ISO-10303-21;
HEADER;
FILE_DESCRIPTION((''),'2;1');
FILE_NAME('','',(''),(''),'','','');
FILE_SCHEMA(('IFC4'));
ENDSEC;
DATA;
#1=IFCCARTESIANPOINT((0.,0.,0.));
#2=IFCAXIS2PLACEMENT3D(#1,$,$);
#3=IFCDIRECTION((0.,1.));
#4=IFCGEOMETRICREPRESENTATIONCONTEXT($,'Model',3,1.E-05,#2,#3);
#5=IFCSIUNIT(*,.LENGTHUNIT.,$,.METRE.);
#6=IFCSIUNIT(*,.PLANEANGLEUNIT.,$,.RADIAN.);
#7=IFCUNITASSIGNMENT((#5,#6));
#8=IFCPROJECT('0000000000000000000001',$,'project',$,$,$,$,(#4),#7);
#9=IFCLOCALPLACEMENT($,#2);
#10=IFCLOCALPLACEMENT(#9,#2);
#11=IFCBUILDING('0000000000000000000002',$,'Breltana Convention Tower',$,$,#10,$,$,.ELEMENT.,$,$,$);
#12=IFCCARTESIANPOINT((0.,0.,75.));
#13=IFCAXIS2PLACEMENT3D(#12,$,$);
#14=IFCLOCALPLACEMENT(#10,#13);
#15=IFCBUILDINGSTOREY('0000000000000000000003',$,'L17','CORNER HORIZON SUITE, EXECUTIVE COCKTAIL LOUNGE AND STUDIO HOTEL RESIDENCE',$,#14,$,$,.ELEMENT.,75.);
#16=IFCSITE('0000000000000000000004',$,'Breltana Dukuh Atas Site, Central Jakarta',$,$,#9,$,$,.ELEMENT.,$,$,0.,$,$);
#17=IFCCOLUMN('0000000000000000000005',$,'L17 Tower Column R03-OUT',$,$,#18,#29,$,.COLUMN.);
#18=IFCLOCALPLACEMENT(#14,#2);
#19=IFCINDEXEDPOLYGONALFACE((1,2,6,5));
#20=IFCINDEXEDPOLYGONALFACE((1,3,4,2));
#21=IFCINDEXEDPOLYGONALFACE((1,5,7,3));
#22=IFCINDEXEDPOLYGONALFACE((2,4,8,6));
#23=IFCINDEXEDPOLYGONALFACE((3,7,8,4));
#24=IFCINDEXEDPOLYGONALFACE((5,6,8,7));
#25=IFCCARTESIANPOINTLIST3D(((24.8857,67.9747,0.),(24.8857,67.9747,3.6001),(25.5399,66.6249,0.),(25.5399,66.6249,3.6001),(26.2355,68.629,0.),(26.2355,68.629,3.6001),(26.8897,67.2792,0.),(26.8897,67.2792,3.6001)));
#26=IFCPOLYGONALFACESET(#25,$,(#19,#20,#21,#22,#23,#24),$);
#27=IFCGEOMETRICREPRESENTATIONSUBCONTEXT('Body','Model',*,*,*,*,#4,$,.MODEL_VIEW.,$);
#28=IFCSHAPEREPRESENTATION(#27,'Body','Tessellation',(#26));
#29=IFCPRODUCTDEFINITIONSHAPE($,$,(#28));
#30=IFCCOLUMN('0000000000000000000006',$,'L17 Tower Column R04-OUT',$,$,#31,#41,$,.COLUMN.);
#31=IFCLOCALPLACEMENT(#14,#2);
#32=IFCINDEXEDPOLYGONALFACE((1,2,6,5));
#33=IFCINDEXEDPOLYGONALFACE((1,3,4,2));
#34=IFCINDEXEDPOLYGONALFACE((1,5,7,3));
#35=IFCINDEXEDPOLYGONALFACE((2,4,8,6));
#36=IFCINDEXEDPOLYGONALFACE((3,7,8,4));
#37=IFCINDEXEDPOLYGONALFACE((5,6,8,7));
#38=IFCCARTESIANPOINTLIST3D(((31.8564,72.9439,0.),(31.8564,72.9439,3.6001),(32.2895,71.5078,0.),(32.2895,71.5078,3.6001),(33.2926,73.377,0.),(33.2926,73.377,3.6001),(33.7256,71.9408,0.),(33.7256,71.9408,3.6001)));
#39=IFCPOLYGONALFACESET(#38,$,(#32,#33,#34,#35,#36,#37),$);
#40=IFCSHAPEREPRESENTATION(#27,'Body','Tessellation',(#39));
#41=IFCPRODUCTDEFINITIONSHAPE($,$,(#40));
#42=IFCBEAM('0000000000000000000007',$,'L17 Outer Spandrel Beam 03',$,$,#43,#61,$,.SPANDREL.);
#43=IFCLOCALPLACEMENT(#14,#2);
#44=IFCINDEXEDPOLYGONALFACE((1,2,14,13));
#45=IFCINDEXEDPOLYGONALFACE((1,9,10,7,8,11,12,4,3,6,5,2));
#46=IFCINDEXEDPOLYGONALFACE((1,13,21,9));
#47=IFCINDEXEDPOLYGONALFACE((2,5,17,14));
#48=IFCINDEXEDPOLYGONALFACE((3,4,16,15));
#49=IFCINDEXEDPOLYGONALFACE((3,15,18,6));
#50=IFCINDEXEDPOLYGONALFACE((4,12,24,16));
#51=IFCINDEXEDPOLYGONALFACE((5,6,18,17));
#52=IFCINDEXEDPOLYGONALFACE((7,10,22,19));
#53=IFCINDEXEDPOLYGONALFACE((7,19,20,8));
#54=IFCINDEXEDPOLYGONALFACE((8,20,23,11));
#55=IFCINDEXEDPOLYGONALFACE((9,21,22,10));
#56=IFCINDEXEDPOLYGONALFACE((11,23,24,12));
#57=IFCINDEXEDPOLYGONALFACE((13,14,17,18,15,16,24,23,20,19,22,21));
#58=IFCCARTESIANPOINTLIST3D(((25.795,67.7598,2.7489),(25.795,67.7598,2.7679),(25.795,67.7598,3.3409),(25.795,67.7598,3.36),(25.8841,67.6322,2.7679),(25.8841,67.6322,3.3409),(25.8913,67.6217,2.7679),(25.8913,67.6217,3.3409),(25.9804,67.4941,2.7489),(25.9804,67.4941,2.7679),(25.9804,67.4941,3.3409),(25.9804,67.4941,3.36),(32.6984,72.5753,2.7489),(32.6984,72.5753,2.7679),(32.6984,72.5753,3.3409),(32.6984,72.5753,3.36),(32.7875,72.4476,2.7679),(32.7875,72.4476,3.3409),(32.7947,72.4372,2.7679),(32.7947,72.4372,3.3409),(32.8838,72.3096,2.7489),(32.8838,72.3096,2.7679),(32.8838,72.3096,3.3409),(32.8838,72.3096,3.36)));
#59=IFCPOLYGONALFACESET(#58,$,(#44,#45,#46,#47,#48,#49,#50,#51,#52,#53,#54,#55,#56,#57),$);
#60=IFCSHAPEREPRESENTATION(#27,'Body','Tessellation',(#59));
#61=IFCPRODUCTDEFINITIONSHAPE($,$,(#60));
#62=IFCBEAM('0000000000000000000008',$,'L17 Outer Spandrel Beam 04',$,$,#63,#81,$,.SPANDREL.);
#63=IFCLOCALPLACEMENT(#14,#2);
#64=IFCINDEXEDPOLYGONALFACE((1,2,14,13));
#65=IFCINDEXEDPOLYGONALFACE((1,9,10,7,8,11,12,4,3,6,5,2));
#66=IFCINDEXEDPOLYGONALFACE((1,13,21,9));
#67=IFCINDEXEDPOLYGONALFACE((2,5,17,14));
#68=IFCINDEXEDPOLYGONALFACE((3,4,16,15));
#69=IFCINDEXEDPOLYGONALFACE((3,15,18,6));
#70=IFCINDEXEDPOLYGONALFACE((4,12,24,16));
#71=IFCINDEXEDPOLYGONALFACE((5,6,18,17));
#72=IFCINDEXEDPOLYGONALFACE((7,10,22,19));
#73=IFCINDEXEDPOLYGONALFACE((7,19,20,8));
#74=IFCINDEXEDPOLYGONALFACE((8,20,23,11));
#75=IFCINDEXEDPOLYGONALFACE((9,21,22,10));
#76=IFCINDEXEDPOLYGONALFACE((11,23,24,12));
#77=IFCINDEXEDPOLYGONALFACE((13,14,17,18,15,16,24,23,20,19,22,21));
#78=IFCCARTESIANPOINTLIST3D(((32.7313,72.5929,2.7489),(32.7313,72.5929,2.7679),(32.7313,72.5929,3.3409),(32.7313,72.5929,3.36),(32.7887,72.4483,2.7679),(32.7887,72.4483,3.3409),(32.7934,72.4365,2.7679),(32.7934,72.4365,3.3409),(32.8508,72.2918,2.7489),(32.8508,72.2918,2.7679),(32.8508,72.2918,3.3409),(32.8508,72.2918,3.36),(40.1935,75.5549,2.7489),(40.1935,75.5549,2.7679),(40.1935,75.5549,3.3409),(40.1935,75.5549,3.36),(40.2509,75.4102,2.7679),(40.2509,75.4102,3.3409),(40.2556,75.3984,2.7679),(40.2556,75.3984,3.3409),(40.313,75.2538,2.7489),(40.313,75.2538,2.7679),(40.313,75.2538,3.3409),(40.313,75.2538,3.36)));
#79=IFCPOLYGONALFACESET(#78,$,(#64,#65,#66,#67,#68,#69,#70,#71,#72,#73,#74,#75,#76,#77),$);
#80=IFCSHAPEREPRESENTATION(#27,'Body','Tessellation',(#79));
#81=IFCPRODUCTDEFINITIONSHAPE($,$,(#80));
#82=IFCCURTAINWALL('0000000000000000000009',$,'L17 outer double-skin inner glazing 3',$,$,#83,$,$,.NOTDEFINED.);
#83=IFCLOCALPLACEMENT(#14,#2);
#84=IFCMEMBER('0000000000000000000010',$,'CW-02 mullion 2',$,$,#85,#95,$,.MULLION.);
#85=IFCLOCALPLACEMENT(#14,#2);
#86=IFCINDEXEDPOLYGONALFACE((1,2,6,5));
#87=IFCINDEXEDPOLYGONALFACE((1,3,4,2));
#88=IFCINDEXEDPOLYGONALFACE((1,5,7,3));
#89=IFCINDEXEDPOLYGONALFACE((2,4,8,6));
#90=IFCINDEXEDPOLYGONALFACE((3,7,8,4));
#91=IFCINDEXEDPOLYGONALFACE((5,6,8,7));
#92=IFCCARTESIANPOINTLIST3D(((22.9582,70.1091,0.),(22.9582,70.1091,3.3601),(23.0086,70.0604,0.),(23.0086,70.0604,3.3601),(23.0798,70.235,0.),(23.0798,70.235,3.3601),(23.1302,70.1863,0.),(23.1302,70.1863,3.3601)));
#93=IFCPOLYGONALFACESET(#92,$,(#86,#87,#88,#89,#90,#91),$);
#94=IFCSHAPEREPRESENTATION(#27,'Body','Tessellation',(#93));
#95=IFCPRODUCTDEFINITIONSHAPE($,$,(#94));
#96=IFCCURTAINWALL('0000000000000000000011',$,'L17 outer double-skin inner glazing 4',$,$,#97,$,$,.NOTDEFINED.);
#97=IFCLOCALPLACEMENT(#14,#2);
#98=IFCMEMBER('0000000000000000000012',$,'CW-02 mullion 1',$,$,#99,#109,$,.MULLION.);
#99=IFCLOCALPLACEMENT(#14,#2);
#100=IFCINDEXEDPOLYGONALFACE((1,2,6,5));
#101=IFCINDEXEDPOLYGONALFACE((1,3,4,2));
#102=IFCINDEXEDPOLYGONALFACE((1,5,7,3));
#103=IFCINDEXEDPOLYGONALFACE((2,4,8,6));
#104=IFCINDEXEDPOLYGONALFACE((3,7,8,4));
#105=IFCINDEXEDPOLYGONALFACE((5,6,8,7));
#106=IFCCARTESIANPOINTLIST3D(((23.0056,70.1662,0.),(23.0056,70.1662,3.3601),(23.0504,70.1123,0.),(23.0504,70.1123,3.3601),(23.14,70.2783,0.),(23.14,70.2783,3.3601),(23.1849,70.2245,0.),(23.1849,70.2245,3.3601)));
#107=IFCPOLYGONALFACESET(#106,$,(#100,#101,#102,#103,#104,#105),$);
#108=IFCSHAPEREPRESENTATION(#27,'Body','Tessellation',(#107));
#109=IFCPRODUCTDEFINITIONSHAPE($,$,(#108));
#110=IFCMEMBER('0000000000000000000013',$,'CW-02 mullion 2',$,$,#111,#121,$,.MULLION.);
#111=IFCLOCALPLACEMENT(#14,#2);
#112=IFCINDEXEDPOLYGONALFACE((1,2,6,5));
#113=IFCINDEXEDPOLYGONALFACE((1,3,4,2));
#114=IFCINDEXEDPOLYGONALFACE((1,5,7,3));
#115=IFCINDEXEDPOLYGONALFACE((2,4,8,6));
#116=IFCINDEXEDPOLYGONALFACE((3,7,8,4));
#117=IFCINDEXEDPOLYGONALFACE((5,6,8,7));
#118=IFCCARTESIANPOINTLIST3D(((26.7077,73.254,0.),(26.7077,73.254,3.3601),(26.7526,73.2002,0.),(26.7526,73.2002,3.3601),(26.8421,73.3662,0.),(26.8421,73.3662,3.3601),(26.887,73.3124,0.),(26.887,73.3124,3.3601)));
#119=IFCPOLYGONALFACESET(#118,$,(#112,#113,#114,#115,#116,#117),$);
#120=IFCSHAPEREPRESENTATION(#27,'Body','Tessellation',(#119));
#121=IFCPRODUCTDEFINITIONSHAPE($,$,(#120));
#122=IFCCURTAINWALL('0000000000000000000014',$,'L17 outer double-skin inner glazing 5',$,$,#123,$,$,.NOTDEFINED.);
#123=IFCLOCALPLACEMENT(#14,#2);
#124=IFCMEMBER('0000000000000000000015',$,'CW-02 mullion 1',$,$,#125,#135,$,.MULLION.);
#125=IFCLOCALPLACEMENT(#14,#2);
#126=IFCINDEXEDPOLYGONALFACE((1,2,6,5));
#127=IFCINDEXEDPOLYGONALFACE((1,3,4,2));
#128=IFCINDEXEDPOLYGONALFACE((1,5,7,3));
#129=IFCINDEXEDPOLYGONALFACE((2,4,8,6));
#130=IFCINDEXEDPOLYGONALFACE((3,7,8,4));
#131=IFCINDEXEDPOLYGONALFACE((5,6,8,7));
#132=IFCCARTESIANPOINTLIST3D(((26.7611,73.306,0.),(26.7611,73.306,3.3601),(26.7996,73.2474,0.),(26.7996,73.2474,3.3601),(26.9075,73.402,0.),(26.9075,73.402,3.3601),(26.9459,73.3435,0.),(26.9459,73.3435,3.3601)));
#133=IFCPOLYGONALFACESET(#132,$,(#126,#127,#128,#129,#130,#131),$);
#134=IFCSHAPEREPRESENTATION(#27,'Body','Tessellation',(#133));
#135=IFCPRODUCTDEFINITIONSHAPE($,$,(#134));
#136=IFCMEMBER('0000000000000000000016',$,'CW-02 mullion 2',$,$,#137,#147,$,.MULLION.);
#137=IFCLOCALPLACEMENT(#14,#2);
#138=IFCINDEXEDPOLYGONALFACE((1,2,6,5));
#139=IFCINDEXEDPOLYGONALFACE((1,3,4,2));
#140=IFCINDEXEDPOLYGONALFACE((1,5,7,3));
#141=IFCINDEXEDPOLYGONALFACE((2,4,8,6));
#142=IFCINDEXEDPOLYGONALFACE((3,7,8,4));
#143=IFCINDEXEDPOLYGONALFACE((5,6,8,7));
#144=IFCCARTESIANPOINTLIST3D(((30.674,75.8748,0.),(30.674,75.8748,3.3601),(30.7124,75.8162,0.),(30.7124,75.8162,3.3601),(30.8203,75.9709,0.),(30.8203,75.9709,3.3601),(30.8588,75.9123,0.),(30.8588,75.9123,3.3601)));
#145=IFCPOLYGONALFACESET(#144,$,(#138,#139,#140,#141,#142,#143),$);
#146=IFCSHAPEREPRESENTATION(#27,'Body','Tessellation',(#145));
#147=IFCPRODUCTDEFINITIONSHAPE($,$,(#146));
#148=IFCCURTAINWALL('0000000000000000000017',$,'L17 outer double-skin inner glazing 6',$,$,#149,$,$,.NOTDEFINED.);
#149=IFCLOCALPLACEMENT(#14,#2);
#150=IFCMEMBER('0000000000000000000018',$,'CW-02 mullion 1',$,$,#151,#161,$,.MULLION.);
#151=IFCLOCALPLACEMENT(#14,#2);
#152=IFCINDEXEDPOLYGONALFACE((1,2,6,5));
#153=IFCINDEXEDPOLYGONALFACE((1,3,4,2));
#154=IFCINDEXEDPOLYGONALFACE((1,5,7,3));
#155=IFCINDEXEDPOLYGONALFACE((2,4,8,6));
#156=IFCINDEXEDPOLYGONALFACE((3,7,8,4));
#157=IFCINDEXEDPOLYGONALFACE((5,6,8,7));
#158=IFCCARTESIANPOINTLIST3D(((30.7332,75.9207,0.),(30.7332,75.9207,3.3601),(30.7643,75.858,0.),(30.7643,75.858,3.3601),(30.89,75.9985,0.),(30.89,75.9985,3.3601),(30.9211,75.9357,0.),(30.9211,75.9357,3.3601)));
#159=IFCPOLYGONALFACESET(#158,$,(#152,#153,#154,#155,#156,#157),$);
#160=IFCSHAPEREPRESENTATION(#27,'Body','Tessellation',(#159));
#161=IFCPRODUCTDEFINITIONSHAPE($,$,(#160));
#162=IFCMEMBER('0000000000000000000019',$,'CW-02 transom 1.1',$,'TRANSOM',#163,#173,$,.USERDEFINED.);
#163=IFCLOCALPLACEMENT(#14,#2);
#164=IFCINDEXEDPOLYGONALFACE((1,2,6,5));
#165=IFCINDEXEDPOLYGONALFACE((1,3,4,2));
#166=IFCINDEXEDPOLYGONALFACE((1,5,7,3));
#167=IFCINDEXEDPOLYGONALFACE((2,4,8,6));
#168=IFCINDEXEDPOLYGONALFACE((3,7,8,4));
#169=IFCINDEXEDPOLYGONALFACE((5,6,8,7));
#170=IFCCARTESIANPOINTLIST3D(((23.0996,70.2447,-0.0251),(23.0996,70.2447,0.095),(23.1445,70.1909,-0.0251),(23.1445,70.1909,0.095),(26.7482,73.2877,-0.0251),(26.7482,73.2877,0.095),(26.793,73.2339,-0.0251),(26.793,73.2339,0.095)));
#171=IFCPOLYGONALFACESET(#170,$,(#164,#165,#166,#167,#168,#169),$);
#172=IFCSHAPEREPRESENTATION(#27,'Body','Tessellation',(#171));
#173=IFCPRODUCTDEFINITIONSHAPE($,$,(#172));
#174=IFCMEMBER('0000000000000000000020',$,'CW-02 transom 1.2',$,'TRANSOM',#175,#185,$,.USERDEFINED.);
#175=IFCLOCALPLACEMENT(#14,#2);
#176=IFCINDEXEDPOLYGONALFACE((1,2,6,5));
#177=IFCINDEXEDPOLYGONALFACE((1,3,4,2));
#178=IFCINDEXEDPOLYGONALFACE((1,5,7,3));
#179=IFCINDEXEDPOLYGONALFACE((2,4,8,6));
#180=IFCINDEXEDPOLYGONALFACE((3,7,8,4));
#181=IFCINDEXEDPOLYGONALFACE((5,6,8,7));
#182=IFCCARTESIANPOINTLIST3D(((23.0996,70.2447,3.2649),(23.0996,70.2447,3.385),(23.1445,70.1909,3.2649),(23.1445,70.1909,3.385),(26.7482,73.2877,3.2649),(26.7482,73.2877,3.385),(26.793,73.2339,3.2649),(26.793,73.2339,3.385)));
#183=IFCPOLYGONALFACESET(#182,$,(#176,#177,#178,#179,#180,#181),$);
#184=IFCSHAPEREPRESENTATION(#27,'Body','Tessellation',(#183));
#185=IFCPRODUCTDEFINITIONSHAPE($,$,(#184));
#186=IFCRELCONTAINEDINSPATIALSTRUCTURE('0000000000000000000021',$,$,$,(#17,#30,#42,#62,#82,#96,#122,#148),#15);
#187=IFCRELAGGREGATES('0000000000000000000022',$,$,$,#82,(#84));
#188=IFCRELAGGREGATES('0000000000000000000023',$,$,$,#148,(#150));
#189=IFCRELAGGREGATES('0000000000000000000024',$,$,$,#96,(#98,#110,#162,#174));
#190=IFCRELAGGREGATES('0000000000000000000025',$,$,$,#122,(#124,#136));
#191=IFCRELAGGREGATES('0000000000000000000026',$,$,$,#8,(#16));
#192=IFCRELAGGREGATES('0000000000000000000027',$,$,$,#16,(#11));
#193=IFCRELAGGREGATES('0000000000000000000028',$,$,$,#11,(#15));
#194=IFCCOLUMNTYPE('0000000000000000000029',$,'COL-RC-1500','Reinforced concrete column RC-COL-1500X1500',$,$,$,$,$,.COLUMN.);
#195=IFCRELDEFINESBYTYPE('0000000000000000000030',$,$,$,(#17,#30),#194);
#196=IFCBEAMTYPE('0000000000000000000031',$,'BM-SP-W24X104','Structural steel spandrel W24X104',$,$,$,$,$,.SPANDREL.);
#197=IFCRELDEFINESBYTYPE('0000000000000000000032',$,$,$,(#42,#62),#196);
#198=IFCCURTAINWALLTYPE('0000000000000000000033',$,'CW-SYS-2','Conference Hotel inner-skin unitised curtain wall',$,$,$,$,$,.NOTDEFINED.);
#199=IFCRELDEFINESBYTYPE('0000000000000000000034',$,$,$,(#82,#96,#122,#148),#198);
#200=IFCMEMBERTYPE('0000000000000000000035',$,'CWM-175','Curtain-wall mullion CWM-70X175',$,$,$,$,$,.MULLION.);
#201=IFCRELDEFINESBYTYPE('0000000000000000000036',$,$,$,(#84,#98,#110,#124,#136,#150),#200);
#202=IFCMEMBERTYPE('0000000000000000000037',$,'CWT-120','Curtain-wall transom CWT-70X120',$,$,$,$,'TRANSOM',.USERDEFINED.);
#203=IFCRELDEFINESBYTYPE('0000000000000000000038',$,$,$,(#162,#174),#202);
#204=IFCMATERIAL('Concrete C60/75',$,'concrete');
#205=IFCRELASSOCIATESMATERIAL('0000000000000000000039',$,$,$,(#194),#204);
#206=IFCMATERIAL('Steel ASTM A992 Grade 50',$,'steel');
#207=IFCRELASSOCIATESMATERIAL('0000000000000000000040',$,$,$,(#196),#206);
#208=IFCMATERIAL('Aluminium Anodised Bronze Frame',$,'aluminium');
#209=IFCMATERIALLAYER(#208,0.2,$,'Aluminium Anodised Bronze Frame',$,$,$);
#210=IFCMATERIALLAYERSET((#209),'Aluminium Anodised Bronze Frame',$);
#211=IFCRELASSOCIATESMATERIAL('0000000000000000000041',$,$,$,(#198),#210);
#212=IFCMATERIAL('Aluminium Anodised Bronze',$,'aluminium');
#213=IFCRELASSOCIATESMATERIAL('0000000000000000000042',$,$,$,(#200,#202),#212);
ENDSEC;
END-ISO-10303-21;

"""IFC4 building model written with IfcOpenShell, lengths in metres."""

from ifc_helpers import new_model, si_unit, direction, frame, origin, origin_2d, place, context, subcontext, project, spatial, rectangle, i_section, extrude, source, transform, mapped, material, layer, layer_set, material_profile, profile_set, type_object, type_shapes, element, aggregate, save


model = new_model("IFC4")

# Units and contexts
model_context = context("Model", 3, precision=1e-05, world=origin(), true_north=direction((0.0, 1.0)))
body_context = subcontext(model_context, "Body", "Model", "MODEL_VIEW")
ifc_project = project(units=[si_unit("LENGTHUNIT", "METRE"), si_unit("PLANEANGLEUNIT", "RADIAN")], contexts=[model_context])

# Site, building, storey
site_placement = place(None, origin())
site = spatial("IfcSite", under=ifc_project, at=site_placement, Name="Breltana Dukuh Atas Site, Central Jakarta", CompositionType="ELEMENT", RefElevation=0.0)
building_placement = place(site_placement, origin())
building = spatial("IfcBuilding", under=site, at=building_placement, Name="Breltana Convention Tower", CompositionType="ELEMENT")
storey_placement = place(building_placement, frame((0.0, 0.0, 75.0)))
storey = spatial("IfcBuildingStorey", under=building, at=storey_placement, Name="L17", Description="CORNER HORIZON SUITE, EXECUTIVE COCKTAIL LOUNGE AND STUDIO HOTEL RESIDENCE", CompositionType="ELEMENT", Elevation=75.0)

# Columns
ifc_material_1 = material(Name="Concrete C60/75", Category="concrete")
ifc_material_profile_1 = material_profile(ifc_material_1, rectangle(XDim=1.5, YDim=1.5, at=origin_2d()), Name="RC-COL-1500X1500")
ifc_profile_set_1 = profile_set([ifc_material_profile_1], Name="Concrete C60/75")
column_type = type_object("IfcColumnType", Name="COL-RC-1500", Description="Reinforced concrete column RC-COL-1500X1500", PredefinedType="COLUMN", material=ifc_profile_set_1)
shared_shape_1 = source(origin(), body_context, "Body", "SweptSolid", [
    extrude(rectangle(XDim=1.5, YDim=1.5, at=origin_2d()), origin(), (0.0, 0.0, 1.0), 3.6001),
])
for number, where, z_axis, x_axis, name in (
    (1, (25.8877, 67.627, 0.0), (0.0, 0.0, 1.0), (-0.436174, 0.899863, 0.0), "L17 Tower Column R03-OUT"),
    (2, (32.791, 72.4424, 0.0), (0.0, 0.0, 1.0), (-0.288698, 0.95742, 0.0), "L17 Tower Column R04-OUT"),
):
    element("IfcColumn", number, at=place(storey_placement, frame(where, z_axis=z_axis, x_axis=x_axis)), inside=storey, type_object=column_type, Name=name, PredefinedType="COLUMN", context=body_context, shape_type="MappedRepresentation", body=[
        mapped(shared_shape_1, transform((0.0, 0.0, 0.0), scale=1.0)),
    ])

# Beams
ifc_material_2 = material(Name="Steel ASTM A992 Grade 50", Category="steel")
ifc_material_profile_2 = material_profile(ifc_material_2, i_section(OverallWidth=0.324, OverallDepth=0.6111, WebThickness=0.0127, FlangeThickness=0.019, at=origin_2d()), Name="W24X104")
ifc_profile_set_2 = profile_set([ifc_material_profile_2], Name="Steel ASTM A992 Grade 50")
beam_type = type_object("IfcBeamType", Name="BM-SP-W24X104", Description="Structural steel spandrel W24X104", PredefinedType="SPANDREL", material=ifc_profile_set_2)
shared_shape_2 = source(origin(), body_context, "Body", "SweptSolid", [
    extrude(i_section(OverallWidth=0.324, OverallDepth=0.6111, WebThickness=0.0127, FlangeThickness=0.019, at=origin_2d()), origin(), (0.0, 0.0, 1.0), 8.417),
])
beam_1_placement = place(storey_placement, frame((25.8877, 67.627, 3.0544), z_axis=(0.820174, 0.572114, 0.0), x_axis=(-0.572114, 0.820174, 0.0)))
element("IfcBeam", 3, at=beam_1_placement, inside=storey, type_object=beam_type, Name="L17 Outer Spandrel Beam 03", PredefinedType="SPANDREL", context=body_context, shape_type="MappedRepresentation", body=[
    mapped(shared_shape_2, transform((0.0, 0.0, 0.0), scale=1.0)),
])
shared_shape_3 = source(origin(), body_context, "Body", "SweptSolid", [
    extrude(i_section(OverallWidth=0.324, OverallDepth=0.6111, WebThickness=0.0127, FlangeThickness=0.019, at=origin_2d()), origin(), (0.0, 0.0, 1.0), 8.0286),
])
beam_2_placement = place(storey_placement, frame((32.791, 72.4424, 3.0544), z_axis=(0.929459, 0.368925, 0.0), x_axis=(-0.368925, 0.929459, 0.0)))
element("IfcBeam", 4, at=beam_2_placement, inside=storey, type_object=beam_type, Name="L17 Outer Spandrel Beam 04", PredefinedType="SPANDREL", context=body_context, shape_type="MappedRepresentation", body=[
    mapped(shared_shape_3, transform((0.0, 0.0, 0.0), scale=1.0)),
])

# Curtain wall, member
ifc_material_3 = material(Name="Aluminium Anodised Bronze Frame", Category="aluminium")
ifc_layer_1 = layer(ifc_material_3, 0.2, Name="Aluminium Anodised Bronze Frame")
ifc_layer_set_1 = layer_set([ifc_layer_1], Name="Aluminium Anodised Bronze Frame")
curtain_wall_type = type_object("IfcCurtainWallType", Name="CW-SYS-2", Description="Conference Hotel inner-skin unitised curtain wall", PredefinedType="NOTDEFINED", material=ifc_layer_set_1)
curtain_wall_1_placement = place(storey_placement, origin())
curtain_wall_1 = element("IfcCurtainWall", 5, at=curtain_wall_1_placement, inside=storey, type_object=curtain_wall_type, Name="L17 outer double-skin inner glazing 3", PredefinedType="NOTDEFINED")
ifc_material_4 = material(Name="Aluminium Anodised Bronze", Category="aluminium")
ifc_material_profile_3 = material_profile(ifc_material_4, rectangle(XDim=0.0701, YDim=0.175, at=origin_2d()), Name="CWM-70X175")
ifc_profile_set_3 = profile_set([ifc_material_profile_3], Name="Aluminium Anodised Bronze")
member_type_1 = type_object("IfcMemberType", Name="CWM-175", Description="Curtain-wall mullion CWM-70X175", PredefinedType="MULLION", material=ifc_profile_set_3)
shared_shape_4 = source(origin(), body_context, "Body", "SweptSolid", [
    extrude(rectangle(XDim=0.0701, YDim=0.175, at=origin_2d()), origin(), (0.0, 0.0, 1.0), 3.3601),
])
type_shapes(member_type_1, [shared_shape_4])
member_1_placement = place(storey_placement, frame((23.0442, 70.1477, 0.0), z_axis=(0.0, 0.0, 1.0), x_axis=(-0.719386, 0.69461, 0.0)))
member_1 = element("IfcMember", 6, at=member_1_placement, type_object=member_type_1, Name="CW-02 mullion 2", PredefinedType="MULLION", context=body_context, shape_type="MappedRepresentation", body=[
    mapped(shared_shape_4, transform((0.0, 0.0, 0.0), scale=1.0)),
])
aggregate(curtain_wall_1, [member_1])

# Curtain walls, members
curtain_wall_2_placement = place(storey_placement, origin())
curtain_wall_2 = element("IfcCurtainWall", 7, at=curtain_wall_2_placement, inside=storey, type_object=curtain_wall_type, Name="L17 outer double-skin inner glazing 4", PredefinedType="NOTDEFINED")
member_2_placement = place(storey_placement, frame((23.0952, 70.1953, 0.0), z_axis=(0.0, 0.0, 1.0), x_axis=(-0.64052, 0.767941, 0.0)))
member_2 = element("IfcMember", 8, at=member_2_placement, type_object=member_type_1, Name="CW-02 mullion 1", PredefinedType="MULLION", context=body_context, shape_type="MappedRepresentation", body=[
    mapped(shared_shape_4, transform((0.0, 0.0, 0.0), scale=1.0)),
])
member_3_placement = place(storey_placement, frame((26.7974, 73.2832, 0.0), z_axis=(0.0, 0.0, 1.0), x_axis=(-0.64052, 0.767941, 0.0)))
member_3 = element("IfcMember", 9, at=member_3_placement, type_object=member_type_1, Name="CW-02 mullion 2", PredefinedType="MULLION", context=body_context, shape_type="MappedRepresentation", body=[
    mapped(shared_shape_4, transform((0.0, 0.0, 0.0), scale=1.0)),
])
curtain_wall_3_placement = place(storey_placement, origin())
curtain_wall_3 = element("IfcCurtainWall", 10, at=curtain_wall_3_placement, inside=storey, type_object=curtain_wall_type, Name="L17 outer double-skin inner glazing 5", PredefinedType="NOTDEFINED")
member_4_placement = place(storey_placement, frame((26.8535, 73.3247, 0.0), z_axis=(0.0, 0.0, 1.0), x_axis=(-0.548784, 0.835964, 0.0)))
member_4 = element("IfcMember", 11, at=member_4_placement, type_object=member_type_1, Name="CW-02 mullion 1", PredefinedType="MULLION", context=body_context, shape_type="MappedRepresentation", body=[
    mapped(shared_shape_4, transform((0.0, 0.0, 0.0), scale=1.0)),
])
member_5_placement = place(storey_placement, frame((30.7664, 75.8936, 0.0), z_axis=(0.0, 0.0, 1.0), x_axis=(-0.548784, 0.835964, 0.0)))
member_5 = element("IfcMember", 12, at=member_5_placement, type_object=member_type_1, Name="CW-02 mullion 2", PredefinedType="MULLION", context=body_context, shape_type="MappedRepresentation", body=[
    mapped(shared_shape_4, transform((0.0, 0.0, 0.0), scale=1.0)),
])

# Curtain wall, member
curtain_wall_4_placement = place(storey_placement, origin())
curtain_wall_4 = element("IfcCurtainWall", 13, at=curtain_wall_4_placement, inside=storey, type_object=curtain_wall_type, Name="L17 outer double-skin inner glazing 6", PredefinedType="NOTDEFINED")
member_6_placement = place(storey_placement, frame((30.8271, 75.9282, 0.0), z_axis=(0.0, 0.0, 1.0), x_axis=(-0.444108, 0.895973, 0.0)))
member_6 = element("IfcMember", 14, at=member_6_placement, type_object=member_type_1, Name="CW-02 mullion 1", PredefinedType="MULLION", context=body_context, shape_type="MappedRepresentation", body=[
    mapped(shared_shape_4, transform((0.0, 0.0, 0.0), scale=1.0)),
])

# Members
ifc_material_profile_4 = material_profile(ifc_material_4, rectangle(XDim=0.0701, YDim=0.1201, at=origin_2d()), Name="CWT-70X120")
ifc_profile_set_4 = profile_set([ifc_material_profile_4], Name="Aluminium Anodised Bronze")
member_type_2 = type_object("IfcMemberType", Name="CWT-120", Description="Curtain-wall transom CWT-70X120", ElementType="TRANSOM", PredefinedType="USERDEFINED", material=ifc_profile_set_4)
shared_shape_5 = source(origin(), body_context, "Body", "SweptSolid", [
    extrude(rectangle(XDim=0.0701, YDim=0.1201, at=origin_2d()), origin(), (0.0, 0.0, 1.0), 4.751),
])
member_7_placement = place(storey_placement, frame((23.1221, 70.2178, 0.0349), z_axis=(0.767952, 0.640508, 0.0), x_axis=(-0.640508, 0.767952, 0.0)))
member_7 = element("IfcMember", 15, at=member_7_placement, type_object=member_type_2, Name="CW-02 transom 1.1", ObjectType="TRANSOM", PredefinedType="USERDEFINED", context=body_context, shape_type="MappedRepresentation", body=[
    mapped(shared_shape_5, transform((0.0, 0.0, 0.0), scale=1.0)),
])
member_8_placement = place(storey_placement, frame((23.1221, 70.2178, 3.325), z_axis=(0.767952, 0.640508, 0.0), x_axis=(-0.640508, 0.767952, 0.0)))
member_8 = element("IfcMember", 16, at=member_8_placement, type_object=member_type_2, Name="CW-02 transom 1.2", ObjectType="TRANSOM", PredefinedType="USERDEFINED", context=body_context, shape_type="MappedRepresentation", body=[
    mapped(shared_shape_5, transform((0.0, 0.0, 0.0), scale=1.0)),
])
aggregate(curtain_wall_4, [member_6])

aggregate(curtain_wall_2, [member_2, member_3, member_7, member_8])
aggregate(curtain_wall_3, [member_4, member_5])

save(model, "model.ifc")
